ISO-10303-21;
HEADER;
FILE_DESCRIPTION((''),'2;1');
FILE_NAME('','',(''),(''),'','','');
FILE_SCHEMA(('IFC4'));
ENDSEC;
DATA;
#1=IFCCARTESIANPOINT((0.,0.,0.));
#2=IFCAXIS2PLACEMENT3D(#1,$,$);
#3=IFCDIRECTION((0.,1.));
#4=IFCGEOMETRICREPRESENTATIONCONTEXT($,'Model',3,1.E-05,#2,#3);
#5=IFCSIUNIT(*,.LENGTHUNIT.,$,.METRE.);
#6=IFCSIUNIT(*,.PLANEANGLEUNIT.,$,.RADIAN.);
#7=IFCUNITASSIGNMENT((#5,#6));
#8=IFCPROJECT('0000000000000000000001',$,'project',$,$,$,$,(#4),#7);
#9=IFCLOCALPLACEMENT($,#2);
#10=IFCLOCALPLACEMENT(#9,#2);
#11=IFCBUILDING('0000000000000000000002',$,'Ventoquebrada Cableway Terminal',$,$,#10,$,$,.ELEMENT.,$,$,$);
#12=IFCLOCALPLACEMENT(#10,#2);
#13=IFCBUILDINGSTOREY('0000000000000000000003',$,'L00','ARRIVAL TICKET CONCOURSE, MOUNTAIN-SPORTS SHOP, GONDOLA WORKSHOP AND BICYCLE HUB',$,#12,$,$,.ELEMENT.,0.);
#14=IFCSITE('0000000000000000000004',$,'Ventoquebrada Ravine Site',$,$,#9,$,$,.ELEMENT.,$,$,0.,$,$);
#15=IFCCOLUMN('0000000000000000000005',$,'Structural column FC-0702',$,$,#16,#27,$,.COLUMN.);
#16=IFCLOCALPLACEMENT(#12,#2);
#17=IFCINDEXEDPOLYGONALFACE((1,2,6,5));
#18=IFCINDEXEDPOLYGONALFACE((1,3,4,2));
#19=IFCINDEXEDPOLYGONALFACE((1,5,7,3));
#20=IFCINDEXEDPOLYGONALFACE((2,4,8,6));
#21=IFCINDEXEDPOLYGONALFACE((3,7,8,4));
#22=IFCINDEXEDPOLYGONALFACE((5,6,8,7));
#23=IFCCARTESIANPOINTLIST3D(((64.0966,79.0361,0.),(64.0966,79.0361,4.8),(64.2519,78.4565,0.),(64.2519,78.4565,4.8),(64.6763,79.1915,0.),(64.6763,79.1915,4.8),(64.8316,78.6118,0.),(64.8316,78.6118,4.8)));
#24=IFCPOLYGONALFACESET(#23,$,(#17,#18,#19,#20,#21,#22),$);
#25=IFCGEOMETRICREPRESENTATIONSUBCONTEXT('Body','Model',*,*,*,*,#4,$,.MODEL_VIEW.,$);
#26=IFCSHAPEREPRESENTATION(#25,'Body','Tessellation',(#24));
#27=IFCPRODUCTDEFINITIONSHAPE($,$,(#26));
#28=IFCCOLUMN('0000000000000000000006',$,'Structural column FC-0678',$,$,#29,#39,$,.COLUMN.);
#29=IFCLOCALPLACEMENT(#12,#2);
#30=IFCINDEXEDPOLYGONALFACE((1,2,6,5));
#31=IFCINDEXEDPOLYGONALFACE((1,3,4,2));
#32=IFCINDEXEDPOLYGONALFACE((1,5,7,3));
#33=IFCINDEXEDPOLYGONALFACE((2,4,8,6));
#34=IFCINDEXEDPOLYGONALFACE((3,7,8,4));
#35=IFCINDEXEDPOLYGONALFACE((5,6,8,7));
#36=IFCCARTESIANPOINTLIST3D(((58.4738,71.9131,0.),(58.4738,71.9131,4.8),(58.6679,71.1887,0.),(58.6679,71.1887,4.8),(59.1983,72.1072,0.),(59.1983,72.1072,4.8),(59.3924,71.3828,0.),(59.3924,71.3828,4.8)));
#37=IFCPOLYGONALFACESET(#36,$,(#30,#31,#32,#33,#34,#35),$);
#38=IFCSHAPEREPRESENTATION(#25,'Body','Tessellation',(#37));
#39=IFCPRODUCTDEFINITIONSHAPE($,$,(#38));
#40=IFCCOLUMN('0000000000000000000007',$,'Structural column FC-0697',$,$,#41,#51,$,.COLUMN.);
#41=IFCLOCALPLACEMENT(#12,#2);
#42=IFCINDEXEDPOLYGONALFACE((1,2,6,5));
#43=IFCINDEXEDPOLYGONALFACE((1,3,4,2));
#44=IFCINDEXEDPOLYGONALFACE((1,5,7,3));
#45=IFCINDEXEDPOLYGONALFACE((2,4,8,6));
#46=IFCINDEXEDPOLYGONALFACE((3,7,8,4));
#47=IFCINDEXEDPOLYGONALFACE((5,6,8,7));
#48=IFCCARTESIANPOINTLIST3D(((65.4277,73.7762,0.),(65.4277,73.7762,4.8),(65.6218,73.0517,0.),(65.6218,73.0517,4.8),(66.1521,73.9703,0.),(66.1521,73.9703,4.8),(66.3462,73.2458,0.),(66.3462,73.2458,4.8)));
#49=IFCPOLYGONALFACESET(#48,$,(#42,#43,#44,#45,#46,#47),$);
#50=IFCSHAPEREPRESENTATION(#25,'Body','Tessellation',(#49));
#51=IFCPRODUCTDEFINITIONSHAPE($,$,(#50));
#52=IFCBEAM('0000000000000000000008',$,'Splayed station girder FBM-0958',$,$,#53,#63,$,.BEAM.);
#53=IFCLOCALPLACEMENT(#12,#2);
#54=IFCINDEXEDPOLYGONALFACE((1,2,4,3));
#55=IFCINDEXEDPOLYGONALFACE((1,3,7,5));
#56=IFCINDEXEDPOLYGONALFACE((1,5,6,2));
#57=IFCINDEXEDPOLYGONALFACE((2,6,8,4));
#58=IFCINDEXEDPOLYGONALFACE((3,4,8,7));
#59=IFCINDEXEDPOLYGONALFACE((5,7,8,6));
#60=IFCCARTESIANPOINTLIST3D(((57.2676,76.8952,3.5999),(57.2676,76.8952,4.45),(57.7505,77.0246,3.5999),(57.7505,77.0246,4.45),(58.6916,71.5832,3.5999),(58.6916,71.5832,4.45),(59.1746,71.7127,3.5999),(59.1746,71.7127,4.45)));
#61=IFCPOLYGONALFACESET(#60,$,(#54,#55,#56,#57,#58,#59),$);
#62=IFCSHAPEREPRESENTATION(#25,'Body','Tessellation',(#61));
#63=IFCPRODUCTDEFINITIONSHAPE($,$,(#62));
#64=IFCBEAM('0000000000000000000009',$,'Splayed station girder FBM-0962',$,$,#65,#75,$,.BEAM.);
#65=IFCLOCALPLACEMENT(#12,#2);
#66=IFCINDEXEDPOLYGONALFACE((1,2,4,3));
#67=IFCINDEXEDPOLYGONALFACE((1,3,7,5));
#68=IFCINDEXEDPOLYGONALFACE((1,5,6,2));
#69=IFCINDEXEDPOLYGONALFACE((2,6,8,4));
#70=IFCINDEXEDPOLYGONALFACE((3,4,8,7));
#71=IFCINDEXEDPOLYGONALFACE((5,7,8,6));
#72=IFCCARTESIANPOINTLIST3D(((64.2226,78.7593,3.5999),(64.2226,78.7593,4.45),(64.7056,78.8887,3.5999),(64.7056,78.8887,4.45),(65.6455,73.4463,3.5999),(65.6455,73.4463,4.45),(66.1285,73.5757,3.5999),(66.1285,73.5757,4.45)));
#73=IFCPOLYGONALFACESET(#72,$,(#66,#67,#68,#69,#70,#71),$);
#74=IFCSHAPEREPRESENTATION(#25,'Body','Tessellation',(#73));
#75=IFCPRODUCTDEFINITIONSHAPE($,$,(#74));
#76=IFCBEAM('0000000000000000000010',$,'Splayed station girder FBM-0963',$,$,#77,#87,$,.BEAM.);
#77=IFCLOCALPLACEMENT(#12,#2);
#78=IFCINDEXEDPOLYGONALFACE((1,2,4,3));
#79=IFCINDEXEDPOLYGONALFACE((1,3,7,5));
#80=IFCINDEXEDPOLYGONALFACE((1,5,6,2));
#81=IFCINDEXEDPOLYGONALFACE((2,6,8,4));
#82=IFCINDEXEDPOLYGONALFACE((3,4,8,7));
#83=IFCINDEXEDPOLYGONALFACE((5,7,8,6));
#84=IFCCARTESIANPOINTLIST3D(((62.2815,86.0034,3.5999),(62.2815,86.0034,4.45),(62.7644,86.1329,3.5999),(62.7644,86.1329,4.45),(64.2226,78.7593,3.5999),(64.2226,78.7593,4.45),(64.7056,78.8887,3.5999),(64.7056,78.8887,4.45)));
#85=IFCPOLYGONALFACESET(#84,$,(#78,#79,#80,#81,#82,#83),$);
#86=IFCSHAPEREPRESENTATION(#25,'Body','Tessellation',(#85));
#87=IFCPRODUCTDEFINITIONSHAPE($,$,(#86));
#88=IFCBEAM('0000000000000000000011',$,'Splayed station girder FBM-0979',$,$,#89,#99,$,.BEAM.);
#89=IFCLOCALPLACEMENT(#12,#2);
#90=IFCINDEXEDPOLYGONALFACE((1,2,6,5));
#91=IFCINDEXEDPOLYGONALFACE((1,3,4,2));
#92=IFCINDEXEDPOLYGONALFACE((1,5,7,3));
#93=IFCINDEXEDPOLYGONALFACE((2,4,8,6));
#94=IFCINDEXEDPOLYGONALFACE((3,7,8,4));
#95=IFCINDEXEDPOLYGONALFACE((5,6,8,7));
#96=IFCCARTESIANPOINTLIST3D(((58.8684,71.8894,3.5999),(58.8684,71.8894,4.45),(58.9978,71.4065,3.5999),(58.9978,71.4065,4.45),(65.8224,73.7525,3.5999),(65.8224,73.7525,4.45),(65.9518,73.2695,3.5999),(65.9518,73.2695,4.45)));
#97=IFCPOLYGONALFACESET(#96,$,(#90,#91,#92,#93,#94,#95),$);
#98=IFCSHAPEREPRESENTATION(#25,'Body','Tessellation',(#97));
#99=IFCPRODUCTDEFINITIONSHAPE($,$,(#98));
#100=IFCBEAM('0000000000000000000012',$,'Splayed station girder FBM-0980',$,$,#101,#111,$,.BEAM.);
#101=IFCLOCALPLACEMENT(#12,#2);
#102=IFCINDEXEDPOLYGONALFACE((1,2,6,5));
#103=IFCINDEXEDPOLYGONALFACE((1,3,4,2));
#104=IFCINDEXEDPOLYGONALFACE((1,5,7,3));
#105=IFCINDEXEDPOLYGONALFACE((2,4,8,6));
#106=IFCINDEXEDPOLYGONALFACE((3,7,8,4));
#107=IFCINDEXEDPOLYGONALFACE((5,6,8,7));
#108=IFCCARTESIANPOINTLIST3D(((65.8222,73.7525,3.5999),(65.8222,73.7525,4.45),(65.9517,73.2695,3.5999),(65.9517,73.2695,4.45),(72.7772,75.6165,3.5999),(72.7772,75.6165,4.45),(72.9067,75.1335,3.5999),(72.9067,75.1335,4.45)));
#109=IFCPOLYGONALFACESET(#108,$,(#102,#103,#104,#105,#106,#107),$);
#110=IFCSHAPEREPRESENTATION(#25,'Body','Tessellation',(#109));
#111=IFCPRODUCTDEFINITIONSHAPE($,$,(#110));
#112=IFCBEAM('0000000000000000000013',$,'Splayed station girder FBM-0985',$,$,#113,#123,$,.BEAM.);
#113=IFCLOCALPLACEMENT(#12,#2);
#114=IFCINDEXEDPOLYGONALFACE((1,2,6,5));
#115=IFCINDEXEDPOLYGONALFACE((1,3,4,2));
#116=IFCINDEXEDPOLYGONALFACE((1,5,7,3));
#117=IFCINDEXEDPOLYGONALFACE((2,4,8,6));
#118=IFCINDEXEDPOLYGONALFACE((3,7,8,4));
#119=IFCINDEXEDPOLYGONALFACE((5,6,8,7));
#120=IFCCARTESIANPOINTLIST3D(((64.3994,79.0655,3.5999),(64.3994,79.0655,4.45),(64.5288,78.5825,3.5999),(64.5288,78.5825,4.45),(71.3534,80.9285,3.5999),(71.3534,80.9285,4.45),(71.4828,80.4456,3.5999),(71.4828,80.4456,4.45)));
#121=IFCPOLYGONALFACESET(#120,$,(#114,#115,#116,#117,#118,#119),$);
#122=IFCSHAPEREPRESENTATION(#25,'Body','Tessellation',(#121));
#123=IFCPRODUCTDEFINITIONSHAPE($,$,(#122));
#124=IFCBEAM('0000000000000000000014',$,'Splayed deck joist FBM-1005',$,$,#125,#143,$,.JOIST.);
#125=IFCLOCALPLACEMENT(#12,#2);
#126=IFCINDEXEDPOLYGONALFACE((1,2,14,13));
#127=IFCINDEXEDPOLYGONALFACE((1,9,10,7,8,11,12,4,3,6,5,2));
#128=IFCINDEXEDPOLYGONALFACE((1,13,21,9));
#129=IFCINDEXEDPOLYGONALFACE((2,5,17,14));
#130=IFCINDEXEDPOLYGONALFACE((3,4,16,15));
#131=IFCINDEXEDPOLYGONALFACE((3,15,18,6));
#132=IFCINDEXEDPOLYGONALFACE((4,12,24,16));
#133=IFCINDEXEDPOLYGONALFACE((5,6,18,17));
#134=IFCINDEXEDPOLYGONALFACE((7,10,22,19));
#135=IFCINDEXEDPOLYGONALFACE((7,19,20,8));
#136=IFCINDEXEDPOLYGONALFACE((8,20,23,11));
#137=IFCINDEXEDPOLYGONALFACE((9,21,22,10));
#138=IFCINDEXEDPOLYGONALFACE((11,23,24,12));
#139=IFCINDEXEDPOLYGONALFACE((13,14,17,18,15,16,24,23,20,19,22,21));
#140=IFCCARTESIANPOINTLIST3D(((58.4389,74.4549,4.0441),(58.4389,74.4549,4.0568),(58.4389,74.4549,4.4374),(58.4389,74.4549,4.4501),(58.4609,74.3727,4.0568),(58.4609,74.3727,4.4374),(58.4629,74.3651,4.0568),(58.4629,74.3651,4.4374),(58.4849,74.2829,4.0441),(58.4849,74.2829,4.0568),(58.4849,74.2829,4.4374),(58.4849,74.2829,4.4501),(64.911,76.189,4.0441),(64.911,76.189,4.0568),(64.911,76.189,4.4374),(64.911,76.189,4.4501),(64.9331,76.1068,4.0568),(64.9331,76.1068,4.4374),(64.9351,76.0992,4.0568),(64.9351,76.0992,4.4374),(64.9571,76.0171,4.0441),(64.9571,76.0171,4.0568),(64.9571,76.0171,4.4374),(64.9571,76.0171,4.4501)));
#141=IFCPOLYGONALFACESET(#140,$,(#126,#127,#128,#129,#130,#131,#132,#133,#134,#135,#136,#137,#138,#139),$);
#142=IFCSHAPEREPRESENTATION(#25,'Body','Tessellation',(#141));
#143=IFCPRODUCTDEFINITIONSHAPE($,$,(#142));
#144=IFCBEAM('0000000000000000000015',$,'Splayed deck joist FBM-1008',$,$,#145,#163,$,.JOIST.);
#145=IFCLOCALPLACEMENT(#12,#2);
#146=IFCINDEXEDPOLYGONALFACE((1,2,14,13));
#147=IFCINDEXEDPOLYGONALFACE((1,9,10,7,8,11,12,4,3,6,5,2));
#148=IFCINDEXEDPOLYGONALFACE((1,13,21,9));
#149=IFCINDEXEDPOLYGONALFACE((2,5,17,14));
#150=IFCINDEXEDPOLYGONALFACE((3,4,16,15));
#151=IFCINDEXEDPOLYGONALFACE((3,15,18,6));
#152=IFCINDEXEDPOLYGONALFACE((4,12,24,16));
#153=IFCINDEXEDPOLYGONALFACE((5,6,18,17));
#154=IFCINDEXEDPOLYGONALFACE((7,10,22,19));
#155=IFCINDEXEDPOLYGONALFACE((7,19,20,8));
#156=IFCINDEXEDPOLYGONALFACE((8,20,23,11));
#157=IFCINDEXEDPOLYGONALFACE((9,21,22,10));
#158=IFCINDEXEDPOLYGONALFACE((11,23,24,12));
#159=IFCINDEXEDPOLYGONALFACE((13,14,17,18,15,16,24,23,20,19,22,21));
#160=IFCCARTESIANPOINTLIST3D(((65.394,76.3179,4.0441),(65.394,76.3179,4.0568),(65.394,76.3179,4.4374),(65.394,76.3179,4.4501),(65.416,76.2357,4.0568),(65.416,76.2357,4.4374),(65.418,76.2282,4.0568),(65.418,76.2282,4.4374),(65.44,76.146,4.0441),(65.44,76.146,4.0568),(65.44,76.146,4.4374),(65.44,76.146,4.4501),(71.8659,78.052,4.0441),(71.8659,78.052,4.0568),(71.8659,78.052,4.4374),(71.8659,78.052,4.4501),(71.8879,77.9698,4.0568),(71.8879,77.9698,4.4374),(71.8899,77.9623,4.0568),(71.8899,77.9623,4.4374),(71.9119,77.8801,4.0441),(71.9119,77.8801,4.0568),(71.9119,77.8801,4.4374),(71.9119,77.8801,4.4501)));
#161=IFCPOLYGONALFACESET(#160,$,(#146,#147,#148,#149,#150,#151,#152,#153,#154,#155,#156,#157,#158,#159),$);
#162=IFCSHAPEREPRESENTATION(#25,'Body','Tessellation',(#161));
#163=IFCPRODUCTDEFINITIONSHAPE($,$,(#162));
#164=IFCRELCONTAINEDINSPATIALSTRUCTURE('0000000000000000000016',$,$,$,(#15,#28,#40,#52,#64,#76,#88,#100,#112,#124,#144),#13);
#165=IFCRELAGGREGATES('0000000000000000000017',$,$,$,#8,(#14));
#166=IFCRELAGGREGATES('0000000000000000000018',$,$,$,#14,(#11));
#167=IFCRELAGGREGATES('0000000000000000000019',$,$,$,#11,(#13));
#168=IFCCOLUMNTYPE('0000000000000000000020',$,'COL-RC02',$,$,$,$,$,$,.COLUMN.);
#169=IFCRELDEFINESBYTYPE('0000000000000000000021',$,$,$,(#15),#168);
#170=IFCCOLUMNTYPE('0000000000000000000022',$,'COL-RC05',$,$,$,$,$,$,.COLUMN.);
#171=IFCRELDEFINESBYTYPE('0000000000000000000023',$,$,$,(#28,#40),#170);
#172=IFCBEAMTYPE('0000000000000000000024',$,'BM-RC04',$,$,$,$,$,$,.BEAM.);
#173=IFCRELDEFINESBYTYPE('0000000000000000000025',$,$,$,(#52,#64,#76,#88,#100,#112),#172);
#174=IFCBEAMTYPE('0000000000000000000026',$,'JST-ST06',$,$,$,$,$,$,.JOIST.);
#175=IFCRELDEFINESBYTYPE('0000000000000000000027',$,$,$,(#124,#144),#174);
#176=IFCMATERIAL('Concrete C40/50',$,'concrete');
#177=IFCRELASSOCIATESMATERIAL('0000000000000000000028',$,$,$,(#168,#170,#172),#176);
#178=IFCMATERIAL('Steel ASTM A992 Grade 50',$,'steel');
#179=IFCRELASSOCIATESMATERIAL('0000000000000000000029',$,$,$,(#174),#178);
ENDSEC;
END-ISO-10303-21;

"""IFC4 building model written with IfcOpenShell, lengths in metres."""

from ifc_helpers import new_model, si_unit, direction, frame, origin, origin_2d, place, context, subcontext, project, spatial, rectangle, i_section, extrude, material, material_profile, profile_set, type_object, element, save


model = new_model("IFC4")

# Units and contexts
model_context = context("Model", 3, precision=1e-05, world=origin(), true_north=direction((0.0, 1.0)))
body_context = subcontext(model_context, "Body", "Model", "MODEL_VIEW")
ifc_project = project(units=[si_unit("LENGTHUNIT", "METRE"), si_unit("PLANEANGLEUNIT", "RADIAN")], contexts=[model_context])

# Site, building, storey
site_placement = place(None, origin())
site = spatial("IfcSite", under=ifc_project, at=site_placement, Name="Ventoquebrada Ravine Site", CompositionType="ELEMENT", RefElevation=0.0)
building_placement = place(site_placement, origin())
building = spatial("IfcBuilding", under=site, at=building_placement, Name="Ventoquebrada Cableway Terminal", CompositionType="ELEMENT")
storey_placement = place(building_placement, origin())
storey = spatial("IfcBuildingStorey", under=building, at=storey_placement, Name="L00", Description="ARRIVAL TICKET CONCOURSE, MOUNTAIN-SPORTS SHOP, GONDOLA WORKSHOP AND BICYCLE HUB", CompositionType="ELEMENT", Elevation=0.0)

# Columns
ifc_material_1 = material(Name="Concrete C40/50", Category="concrete")
ifc_material_profile_1 = material_profile(ifc_material_1, rectangle(XDim=0.6001, YDim=0.6001, at=origin_2d()), Name="RC-COL-600X600")
ifc_profile_set_1 = profile_set([ifc_material_profile_1], Name="Concrete C40/50")
column_type_1 = type_object("IfcColumnType", Name="COL-RC02", PredefinedType="COLUMN", material=ifc_profile_set_1)
column_placement = place(storey_placement, frame((64.4641, 78.824, 0.0), z_axis=(0.0, 0.0, 1.0), x_axis=(0.965926, 0.258819, 0.0)))
element("IfcColumn", 1, at=column_placement, inside=storey, type_object=column_type_1, Name="Structural column FC-0702", PredefinedType="COLUMN", context=body_context, shape_type="SweptSolid", body=[
    extrude(rectangle(XDim=0.6001, YDim=0.6001, at=origin_2d()), origin(), (0.0, 0.0, 1.0), 4.8),
])
ifc_material_profile_2 = material_profile(ifc_material_1, rectangle(XDim=0.75, YDim=0.75, at=origin_2d()), Name="RC-COL-750X750")
ifc_profile_set_2 = profile_set([ifc_material_profile_2], Name="Concrete C40/50")
column_type_2 = type_object("IfcColumnType", Name="COL-RC05", PredefinedType="COLUMN", material=ifc_profile_set_2)
for number, where, z_axis, x_axis, name in (
    (2, (58.9331, 71.6479, 0.0), (0.0, 0.0, 1.0), (0.965926, 0.258819, 0.0), "Structural column FC-0678"),
    (3, (65.887, 73.511, 0.0), (0.0, 0.0, 1.0), (0.965926, 0.258819, 0.0), "Structural column FC-0697"),
):
    element("IfcColumn", number, at=place(storey_placement, frame(where, z_axis=z_axis, x_axis=x_axis)), inside=storey, type_object=column_type_2, Name=name, PredefinedType="COLUMN", context=body_context, shape_type="SweptSolid", body=[
        extrude(rectangle(XDim=0.75, YDim=0.75, at=origin_2d()), origin(), (0.0, 0.0, 1.0), 4.8),
    ])

# Beams
ifc_material_profile_3 = material_profile(ifc_material_1, rectangle(XDim=0.5, YDim=0.8501, at=origin_2d()), Name="RC-BM-500X850")
ifc_profile_set_3 = profile_set([ifc_material_profile_3], Name="Concrete C40/50")
beam_type_1 = type_object("IfcBeamType", Name="BM-RC04", PredefinedType="BEAM", material=ifc_profile_set_3)
beam_1_placement = place(storey_placement, frame((58.9331, 71.6479, 4.0249), z_axis=(-0.258942, 0.965893, 0.0), x_axis=(-0.965893, -0.258942, 0.0)))
element("IfcBeam", 4, at=beam_1_placement, inside=storey, type_object=beam_type_1, Name="Splayed station girder FBM-0958", PredefinedType="BEAM", context=body_context, shape_type="SweptSolid", body=[
    extrude(rectangle(XDim=0.5, YDim=0.8501, at=origin_2d()), origin(), (0.0, 0.0, 1.0), 5.4995),
])
beam_2_placement = place(storey_placement, frame((65.887, 73.511, 4.0249), z_axis=(-0.25869, 0.96596, 0.0), x_axis=(-0.96596, -0.25869, 0.0)))
element("IfcBeam", 5, at=beam_2_placement, inside=storey, type_object=beam_type_1, Name="Splayed station girder FBM-0962", PredefinedType="BEAM", context=body_context, shape_type="SweptSolid", body=[
    extrude(rectangle(XDim=0.5, YDim=0.8501, at=origin_2d()), origin(), (0.0, 0.0, 1.0), 5.5002),
])
beam_3_placement = place(storey_placement, frame((64.4641, 78.824, 4.0249), z_axis=(-0.258832, 0.965922, 0.0), x_axis=(-0.965922, -0.258832, 0.0)))
element("IfcBeam", 6, at=beam_3_placement, inside=storey, type_object=beam_type_1, Name="Splayed station girder FBM-0963", PredefinedType="BEAM", context=body_context, shape_type="SweptSolid", body=[
    extrude(rectangle(XDim=0.5, YDim=0.8501, at=origin_2d()), origin(), (0.0, 0.0, 1.0), 7.4998),
])
beam_4_placement = place(storey_placement, frame((58.9331, 71.6479, 4.0249), z_axis=(0.965934, 0.258788, 0.0), x_axis=(-0.258788, 0.965934, 0.0)))
element("IfcBeam", 7, at=beam_4_placement, inside=storey, type_object=beam_type_1, Name="Splayed station girder FBM-0979", PredefinedType="BEAM", context=body_context, shape_type="SweptSolid", body=[
    extrude(rectangle(XDim=0.5, YDim=0.8501, at=origin_2d()), origin(), (0.0, 0.0, 1.0), 7.1992),
])
beam_5_placement = place(storey_placement, frame((65.887, 73.511, 4.0249), z_axis=(0.965912, 0.258872, 0.0), x_axis=(-0.258872, 0.965912, 0.0)))
element("IfcBeam", 8, at=beam_5_placement, inside=storey, type_object=beam_type_1, Name="Splayed station girder FBM-0980", PredefinedType="BEAM", context=body_context, shape_type="SweptSolid", body=[
    extrude(rectangle(XDim=0.5, YDim=0.8501, at=origin_2d()), origin(), (0.0, 0.0, 1.0), 7.2004),
])
beam_6_placement = place(storey_placement, frame((64.4641, 78.824, 4.0249), z_axis=(0.965934, 0.258788, 0.0), x_axis=(-0.258788, 0.965934, 0.0)))
element("IfcBeam", 9, at=beam_6_placement, inside=storey, type_object=beam_type_1, Name="Splayed station girder FBM-0985", PredefinedType="BEAM", context=body_context, shape_type="SweptSolid", body=[
    extrude(rectangle(XDim=0.5, YDim=0.8501, at=origin_2d()), origin(), (0.0, 0.0, 1.0), 7.1992),
])
ifc_material_2 = material(Name="Steel ASTM A992 Grade 50", Category="steel")
ifc_material_profile_4 = material_profile(ifc_material_2, i_section(OverallWidth=0.178, OverallDepth=0.406, WebThickness=0.0078, FlangeThickness=0.0127, at=origin_2d()), Name="W16X40")
ifc_profile_set_4 = profile_set([ifc_material_profile_4], Name="Steel ASTM A992 Grade 50")
beam_type_2 = type_object("IfcBeamType", Name="JST-ST06", PredefinedType="JOIST", material=ifc_profile_set_4)
beam_7_placement = place(storey_placement, frame((58.4619, 74.3689, 4.2471), z_axis=(0.965929, 0.258808, 0.0), x_axis=(-0.258808, 0.965929, 0.0)))
element("IfcBeam", 10, at=beam_7_placement, inside=storey, type_object=beam_type_2, Name="Splayed deck joist FBM-1005", PredefinedType="JOIST", context=body_context, shape_type="SweptSolid", body=[
    extrude(i_section(OverallWidth=0.178, OverallDepth=0.406, WebThickness=0.0078, FlangeThickness=0.0127, at=origin_2d()), origin(), (0.0, 0.0, 1.0), 6.7004),
])
beam_8_placement = place(storey_placement, frame((65.417, 76.2319, 4.2471), z_axis=(0.965926, 0.258817, 0.0), x_axis=(-0.258817, 0.965926, 0.0)))
element("IfcBeam", 11, at=beam_8_placement, inside=storey, type_object=beam_type_2, Name="Splayed deck joist FBM-1008", PredefinedType="JOIST", context=body_context, shape_type="SweptSolid", body=[
    extrude(i_section(OverallWidth=0.178, OverallDepth=0.406, WebThickness=0.0078, FlangeThickness=0.0127, at=origin_2d()), origin(), (0.0, 0.0, 1.0), 6.7002),
])

save(model, "model.ifc")
